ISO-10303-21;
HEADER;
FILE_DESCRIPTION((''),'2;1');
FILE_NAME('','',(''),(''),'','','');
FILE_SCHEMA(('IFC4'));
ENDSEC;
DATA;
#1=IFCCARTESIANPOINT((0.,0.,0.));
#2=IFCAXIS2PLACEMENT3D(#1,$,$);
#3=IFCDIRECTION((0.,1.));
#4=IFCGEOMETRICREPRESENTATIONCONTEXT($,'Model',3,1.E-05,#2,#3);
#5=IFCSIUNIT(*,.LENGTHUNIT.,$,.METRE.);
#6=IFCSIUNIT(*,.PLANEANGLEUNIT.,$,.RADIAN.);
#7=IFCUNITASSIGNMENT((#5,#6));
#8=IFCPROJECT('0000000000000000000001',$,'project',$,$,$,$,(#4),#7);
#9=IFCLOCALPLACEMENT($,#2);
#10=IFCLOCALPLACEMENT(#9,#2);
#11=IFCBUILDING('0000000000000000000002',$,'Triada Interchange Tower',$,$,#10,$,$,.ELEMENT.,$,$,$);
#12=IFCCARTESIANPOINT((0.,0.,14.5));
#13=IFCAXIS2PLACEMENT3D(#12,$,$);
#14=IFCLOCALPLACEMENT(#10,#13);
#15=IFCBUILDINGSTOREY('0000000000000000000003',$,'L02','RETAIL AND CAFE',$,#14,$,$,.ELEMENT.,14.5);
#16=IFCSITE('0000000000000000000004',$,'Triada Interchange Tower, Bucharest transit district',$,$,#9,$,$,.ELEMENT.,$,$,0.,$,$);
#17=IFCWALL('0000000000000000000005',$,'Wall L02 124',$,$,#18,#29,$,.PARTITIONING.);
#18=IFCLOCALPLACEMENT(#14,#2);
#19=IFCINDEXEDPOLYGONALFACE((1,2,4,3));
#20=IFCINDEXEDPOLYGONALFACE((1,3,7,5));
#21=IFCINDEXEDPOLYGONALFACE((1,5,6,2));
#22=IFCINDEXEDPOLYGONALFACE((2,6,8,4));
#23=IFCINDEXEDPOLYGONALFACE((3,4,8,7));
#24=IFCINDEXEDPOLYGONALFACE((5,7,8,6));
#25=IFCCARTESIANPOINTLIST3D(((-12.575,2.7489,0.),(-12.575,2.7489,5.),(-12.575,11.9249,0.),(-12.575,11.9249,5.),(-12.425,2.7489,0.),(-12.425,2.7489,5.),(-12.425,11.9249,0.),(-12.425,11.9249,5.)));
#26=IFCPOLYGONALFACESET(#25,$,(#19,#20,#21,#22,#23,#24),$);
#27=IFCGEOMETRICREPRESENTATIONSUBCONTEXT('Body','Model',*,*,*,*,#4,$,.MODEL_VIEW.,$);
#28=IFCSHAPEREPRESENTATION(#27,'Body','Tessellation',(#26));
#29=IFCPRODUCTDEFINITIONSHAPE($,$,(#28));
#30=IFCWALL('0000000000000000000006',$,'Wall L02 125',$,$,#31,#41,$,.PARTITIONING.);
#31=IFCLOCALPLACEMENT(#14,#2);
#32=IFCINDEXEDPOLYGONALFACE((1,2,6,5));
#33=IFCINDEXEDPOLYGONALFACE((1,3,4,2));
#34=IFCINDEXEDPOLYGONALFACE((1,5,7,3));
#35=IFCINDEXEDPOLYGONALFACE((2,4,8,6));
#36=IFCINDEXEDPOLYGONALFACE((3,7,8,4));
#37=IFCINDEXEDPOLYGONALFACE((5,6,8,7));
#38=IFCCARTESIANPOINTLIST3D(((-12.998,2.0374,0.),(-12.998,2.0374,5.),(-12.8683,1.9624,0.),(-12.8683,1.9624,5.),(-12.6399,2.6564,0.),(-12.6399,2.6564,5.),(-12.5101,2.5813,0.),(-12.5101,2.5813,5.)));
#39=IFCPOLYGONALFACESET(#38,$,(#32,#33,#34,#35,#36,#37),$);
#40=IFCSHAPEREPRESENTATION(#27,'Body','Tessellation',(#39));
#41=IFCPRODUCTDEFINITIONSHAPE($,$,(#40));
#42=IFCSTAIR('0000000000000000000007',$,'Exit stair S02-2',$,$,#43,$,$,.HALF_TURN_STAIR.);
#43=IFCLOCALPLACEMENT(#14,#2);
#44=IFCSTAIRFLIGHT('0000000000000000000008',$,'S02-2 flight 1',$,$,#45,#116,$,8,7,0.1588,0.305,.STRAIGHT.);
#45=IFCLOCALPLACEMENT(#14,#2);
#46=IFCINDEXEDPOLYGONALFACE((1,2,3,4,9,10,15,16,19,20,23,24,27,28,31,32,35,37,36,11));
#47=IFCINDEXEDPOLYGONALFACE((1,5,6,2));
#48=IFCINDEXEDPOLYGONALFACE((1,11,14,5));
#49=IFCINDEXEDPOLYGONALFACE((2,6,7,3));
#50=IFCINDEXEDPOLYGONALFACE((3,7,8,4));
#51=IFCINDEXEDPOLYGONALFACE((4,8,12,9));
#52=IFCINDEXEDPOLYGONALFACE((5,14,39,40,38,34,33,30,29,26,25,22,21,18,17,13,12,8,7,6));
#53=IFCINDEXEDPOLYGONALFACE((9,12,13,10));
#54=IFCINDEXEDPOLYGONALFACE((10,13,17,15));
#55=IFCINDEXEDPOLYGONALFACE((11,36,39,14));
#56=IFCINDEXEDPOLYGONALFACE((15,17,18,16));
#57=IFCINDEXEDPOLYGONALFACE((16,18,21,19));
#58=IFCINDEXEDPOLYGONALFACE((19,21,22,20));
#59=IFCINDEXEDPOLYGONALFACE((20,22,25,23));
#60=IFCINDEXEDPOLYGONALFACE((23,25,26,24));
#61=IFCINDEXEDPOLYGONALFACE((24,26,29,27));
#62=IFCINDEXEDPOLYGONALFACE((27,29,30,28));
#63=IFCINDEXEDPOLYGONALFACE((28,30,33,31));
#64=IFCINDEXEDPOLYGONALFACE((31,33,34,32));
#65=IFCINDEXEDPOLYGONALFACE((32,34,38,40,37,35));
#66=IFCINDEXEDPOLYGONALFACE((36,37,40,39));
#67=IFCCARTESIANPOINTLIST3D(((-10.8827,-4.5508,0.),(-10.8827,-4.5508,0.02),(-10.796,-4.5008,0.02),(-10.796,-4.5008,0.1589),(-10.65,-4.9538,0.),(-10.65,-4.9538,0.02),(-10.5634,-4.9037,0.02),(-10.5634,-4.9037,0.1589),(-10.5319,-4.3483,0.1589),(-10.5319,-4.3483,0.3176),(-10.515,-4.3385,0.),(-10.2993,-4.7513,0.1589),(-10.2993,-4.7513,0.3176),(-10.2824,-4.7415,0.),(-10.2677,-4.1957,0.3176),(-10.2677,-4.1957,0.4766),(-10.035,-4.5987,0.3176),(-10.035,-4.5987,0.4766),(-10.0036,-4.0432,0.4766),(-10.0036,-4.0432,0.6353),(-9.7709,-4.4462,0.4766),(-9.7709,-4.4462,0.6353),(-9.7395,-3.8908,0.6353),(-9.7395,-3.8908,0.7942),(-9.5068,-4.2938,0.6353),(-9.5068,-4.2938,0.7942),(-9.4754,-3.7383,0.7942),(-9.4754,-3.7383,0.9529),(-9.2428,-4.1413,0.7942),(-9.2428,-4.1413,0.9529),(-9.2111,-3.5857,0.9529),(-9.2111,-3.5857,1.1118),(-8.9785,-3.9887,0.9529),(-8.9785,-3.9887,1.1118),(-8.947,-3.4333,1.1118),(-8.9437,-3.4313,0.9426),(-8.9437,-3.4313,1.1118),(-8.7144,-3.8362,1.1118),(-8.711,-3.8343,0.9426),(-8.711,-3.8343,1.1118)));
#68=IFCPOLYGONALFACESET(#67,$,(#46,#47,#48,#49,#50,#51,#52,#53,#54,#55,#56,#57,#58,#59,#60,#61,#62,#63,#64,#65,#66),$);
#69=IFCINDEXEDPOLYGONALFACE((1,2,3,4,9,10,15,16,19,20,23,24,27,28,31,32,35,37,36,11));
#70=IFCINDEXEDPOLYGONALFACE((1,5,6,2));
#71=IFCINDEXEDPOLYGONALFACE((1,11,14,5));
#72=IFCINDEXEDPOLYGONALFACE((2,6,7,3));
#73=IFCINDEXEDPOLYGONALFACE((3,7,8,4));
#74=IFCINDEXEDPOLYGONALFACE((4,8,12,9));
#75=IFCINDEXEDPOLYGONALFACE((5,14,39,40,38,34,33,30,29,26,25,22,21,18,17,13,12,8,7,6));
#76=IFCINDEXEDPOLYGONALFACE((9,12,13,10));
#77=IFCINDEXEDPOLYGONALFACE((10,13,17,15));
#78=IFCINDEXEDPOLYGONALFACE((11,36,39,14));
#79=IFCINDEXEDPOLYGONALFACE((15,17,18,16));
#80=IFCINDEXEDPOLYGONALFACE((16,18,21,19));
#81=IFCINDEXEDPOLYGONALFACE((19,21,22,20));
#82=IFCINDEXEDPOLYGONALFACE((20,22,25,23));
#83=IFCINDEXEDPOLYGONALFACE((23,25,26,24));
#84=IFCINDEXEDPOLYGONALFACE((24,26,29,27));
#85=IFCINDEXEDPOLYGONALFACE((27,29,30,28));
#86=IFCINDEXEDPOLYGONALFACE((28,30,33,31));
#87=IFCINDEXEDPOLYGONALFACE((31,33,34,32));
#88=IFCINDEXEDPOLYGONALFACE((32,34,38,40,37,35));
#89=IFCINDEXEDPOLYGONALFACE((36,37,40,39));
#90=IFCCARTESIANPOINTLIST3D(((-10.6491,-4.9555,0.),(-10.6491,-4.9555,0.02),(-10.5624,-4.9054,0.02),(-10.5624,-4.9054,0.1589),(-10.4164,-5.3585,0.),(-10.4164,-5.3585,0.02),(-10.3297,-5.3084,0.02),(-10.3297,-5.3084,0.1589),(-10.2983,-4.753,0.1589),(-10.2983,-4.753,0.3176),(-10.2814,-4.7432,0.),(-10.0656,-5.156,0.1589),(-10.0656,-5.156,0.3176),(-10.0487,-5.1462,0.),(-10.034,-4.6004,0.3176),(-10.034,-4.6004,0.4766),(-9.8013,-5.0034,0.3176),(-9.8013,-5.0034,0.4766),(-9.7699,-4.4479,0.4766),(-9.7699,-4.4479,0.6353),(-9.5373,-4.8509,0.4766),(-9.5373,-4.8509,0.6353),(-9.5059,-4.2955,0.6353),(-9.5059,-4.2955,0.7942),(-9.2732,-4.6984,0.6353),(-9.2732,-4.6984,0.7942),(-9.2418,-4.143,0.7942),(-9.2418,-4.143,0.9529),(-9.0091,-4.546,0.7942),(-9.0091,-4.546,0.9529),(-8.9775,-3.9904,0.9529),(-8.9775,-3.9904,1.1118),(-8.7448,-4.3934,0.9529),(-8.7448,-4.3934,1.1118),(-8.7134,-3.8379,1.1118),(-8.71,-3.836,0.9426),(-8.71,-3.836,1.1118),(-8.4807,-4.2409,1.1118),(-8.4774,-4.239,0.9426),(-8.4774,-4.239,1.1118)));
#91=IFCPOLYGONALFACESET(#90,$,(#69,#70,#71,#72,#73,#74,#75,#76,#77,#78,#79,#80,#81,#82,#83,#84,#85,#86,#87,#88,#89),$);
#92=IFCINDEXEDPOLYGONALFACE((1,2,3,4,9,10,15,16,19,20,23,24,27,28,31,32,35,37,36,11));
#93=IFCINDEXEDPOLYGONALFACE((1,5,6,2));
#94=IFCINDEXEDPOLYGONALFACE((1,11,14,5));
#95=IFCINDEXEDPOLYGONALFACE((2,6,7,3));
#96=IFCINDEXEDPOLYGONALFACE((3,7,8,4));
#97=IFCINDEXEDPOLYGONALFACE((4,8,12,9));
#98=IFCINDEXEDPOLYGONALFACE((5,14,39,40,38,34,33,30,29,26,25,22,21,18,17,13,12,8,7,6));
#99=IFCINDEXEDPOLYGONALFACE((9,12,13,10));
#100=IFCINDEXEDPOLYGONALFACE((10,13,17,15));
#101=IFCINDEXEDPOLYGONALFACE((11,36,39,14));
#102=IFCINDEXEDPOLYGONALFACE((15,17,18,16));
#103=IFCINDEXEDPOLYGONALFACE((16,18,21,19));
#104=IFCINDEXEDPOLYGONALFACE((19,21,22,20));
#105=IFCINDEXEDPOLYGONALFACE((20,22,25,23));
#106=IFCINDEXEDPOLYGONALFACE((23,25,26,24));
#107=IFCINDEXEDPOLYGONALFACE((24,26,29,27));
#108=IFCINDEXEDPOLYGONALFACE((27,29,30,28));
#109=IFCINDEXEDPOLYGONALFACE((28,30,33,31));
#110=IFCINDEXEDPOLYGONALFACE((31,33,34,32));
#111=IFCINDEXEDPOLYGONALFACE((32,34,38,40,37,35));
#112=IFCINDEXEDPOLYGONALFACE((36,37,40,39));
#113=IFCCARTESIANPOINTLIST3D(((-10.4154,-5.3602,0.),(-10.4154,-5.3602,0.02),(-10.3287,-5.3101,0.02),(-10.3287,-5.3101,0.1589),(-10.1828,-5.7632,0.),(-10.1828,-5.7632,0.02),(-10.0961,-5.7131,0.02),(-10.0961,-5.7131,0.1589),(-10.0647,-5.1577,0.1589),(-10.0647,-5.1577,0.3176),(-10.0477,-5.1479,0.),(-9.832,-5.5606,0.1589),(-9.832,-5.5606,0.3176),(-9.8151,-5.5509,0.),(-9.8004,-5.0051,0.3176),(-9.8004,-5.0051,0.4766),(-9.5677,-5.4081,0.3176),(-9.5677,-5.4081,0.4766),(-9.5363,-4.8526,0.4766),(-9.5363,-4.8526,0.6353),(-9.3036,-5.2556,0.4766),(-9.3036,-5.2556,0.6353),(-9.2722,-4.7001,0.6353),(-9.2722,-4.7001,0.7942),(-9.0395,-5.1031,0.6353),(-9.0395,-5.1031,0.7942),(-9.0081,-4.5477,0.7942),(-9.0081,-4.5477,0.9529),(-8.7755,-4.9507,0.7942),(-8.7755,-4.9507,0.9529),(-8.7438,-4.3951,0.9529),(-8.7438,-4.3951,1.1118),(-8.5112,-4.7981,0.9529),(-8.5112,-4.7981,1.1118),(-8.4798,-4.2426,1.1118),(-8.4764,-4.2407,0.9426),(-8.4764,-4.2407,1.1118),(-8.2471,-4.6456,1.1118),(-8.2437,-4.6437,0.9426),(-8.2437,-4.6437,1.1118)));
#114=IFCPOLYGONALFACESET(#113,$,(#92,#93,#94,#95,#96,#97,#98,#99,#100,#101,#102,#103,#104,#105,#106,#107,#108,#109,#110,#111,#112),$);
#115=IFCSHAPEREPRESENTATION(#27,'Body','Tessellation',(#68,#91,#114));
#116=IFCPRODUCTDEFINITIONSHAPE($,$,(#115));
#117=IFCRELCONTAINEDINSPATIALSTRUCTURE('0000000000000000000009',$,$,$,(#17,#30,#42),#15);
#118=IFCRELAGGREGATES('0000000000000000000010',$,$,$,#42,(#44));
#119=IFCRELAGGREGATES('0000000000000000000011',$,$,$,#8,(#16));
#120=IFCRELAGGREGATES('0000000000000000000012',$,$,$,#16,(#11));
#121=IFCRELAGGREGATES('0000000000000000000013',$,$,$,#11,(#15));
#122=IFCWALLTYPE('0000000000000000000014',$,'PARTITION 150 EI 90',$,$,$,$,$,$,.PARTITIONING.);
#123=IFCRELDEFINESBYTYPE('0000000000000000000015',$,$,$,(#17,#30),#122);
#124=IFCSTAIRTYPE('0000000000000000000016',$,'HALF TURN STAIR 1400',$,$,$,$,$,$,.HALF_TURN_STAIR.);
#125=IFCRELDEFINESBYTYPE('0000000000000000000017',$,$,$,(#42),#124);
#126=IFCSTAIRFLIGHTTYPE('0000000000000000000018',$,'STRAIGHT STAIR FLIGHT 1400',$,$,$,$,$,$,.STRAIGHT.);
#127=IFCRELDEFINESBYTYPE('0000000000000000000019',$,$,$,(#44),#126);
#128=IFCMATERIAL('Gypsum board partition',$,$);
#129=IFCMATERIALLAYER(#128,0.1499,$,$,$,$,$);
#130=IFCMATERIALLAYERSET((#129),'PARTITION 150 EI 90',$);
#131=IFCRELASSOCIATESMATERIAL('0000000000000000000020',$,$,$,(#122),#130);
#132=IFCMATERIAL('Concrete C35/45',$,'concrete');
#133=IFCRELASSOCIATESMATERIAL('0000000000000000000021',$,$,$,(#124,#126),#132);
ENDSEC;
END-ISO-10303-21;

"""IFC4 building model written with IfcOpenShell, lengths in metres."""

from ifc_helpers import new_model, si_unit, direction, frame, frame_2d, origin, place, context, subcontext, project, spatial, polyline, rectangle, outline, extrude, material, layer, layer_set, type_object, element, aggregate, save


model = new_model("IFC4")

# Units and contexts
model_context = context("Model", 3, precision=1e-05, world=origin(), true_north=direction((0.0, 1.0)))
body_context = subcontext(model_context, "Body", "Model", "MODEL_VIEW")
ifc_project = project(units=[si_unit("LENGTHUNIT", "METRE"), si_unit("PLANEANGLEUNIT", "RADIAN")], contexts=[model_context])

# Site, building, storey
site_placement = place(None, origin())
site = spatial("IfcSite", under=ifc_project, at=site_placement, Name="Triada Interchange Tower, Bucharest transit district", CompositionType="ELEMENT", RefElevation=0.0)
building_placement = place(site_placement, origin())
building = spatial("IfcBuilding", under=site, at=building_placement, Name="Triada Interchange Tower", CompositionType="ELEMENT")
storey_placement = place(building_placement, frame((0.0, 0.0, 14.5)))
storey = spatial("IfcBuildingStorey", under=building, at=storey_placement, Name="L02", Description="RETAIL AND CAFE", CompositionType="ELEMENT", Elevation=14.5)

# Shared definitions
ifc_material_1 = material(Name="Concrete C35/45", Category="concrete")

# Walls
ifc_material_2 = material(Name="Gypsum board partition")
ifc_layer_1 = layer(ifc_material_2, 0.1499)
ifc_layer_set_1 = layer_set([ifc_layer_1], Name="PARTITION 150 EI 90")
wall_type_1 = type_object("IfcWallType", Name="PARTITION 150 EI 90", PredefinedType="PARTITIONING", material=ifc_layer_set_1)
wall_1_placement = place(storey_placement, frame((-12.5, 2.749, 0.0), z_axis=(0.0, 0.0, 1.0), x_axis=(0.0, 1.0, 0.0)))
element("IfcWall", 1, at=wall_1_placement, inside=storey, type_object=wall_type_1, Name="Wall L02 124", PredefinedType="PARTITIONING", context=body_context, shape_type="SweptSolid", body=[
    extrude(rectangle(XDim=9.176, YDim=0.1499, at=frame_2d((4.5879, 0.0))), origin(), (0.0, 0.0, 1.0), 5.0),
])
wall_2_placement = place(storey_placement, frame((-12.9331, 2.0, 0.0), z_axis=(0.0, 0.0, 1.0), x_axis=(0.500875, 0.86552, 0.0)))
element("IfcWall", 2, at=wall_2_placement, inside=storey, type_object=wall_type_1, Name="Wall L02 125", PredefinedType="PARTITIONING", context=body_context, shape_type="SweptSolid", body=[
    extrude(rectangle(XDim=0.7151, YDim=0.1499, at=frame_2d((0.3574, 0.0))), origin(), (0.0, 0.0, 1.0), 5.0),
])

# Stair, stair flight
stair_type = type_object("IfcStairType", Name="HALF TURN STAIR 1400", PredefinedType="HALF_TURN_STAIR", material=ifc_material_1)
stair_1_placement = place(storey_placement, origin())
stair_1 = element("IfcStair", 3, at=stair_1_placement, inside=storey, type_object=stair_type, Name="Exit stair S02-2", PredefinedType="HALF_TURN_STAIR")
stair_flight_type = type_object("IfcStairFlightType", Name="STRAIGHT STAIR FLIGHT 1400", PredefinedType="STRAIGHT", material=ifc_material_1)
stair_flight_1_placement = place(storey_placement, frame((-10.446, -5.1069, 0.0), z_axis=(0.0, 0.0, 1.0), x_axis=(0.866025, 0.5, 0.0)))
stair_flight_1 = element("IfcStairFlight", 4, at=stair_flight_1_placement, type_object=stair_flight_type, Name="S02-2 flight 1", NumberOfRisers=8, NumberOfTreads=7, PredefinedType="STRAIGHT", RiserHeight=0.1588, TreadLength=0.305, context=body_context, shape_type="SweptSolid", body=[
    extrude(outline(polyline([(-0.1001, 0.0), (-0.1001, 0.02), (0.0, 0.02), (0.0, 0.1589), (0.3049, 0.1589), (0.3049, 0.3176), (0.6101, 0.3176), (0.6101, 0.4766), (0.915, 0.4766), (0.915, 0.6353), (1.22, 0.6353), (1.22, 0.7942), (1.5249, 0.7942), (1.5249, 0.9529), (1.8301, 0.9529), (1.8301, 1.1118), (2.135, 1.1118), (2.1389, 1.1118), (2.1389, 1.2705), (2.1389, 0.9426), (0.3245, 0.0), (-0.1001, 0.0)])), frame((0.0, 0.7, 0.0), z_axis=(0.0, -1.0, 0.0), x_axis=(1.0, 0.0, 0.0)), (0.0, 0.0, 1.0), 0.4653),
    extrude(outline(polyline([(-0.1001, 0.0), (-0.1001, 0.02), (0.0, 0.02), (0.0, 0.1589), (0.3049, 0.1589), (0.3049, 0.3176), (0.6101, 0.3176), (0.6101, 0.4766), (0.915, 0.4766), (0.915, 0.6353), (1.22, 0.6353), (1.22, 0.7942), (1.5249, 0.7942), (1.5249, 0.9529), (1.8301, 0.9529), (1.8301, 1.1118), (2.135, 1.1118), (2.1389, 1.1118), (2.1389, 1.2705), (2.1389, 0.9426), (0.3245, 0.0), (-0.1001, 0.0)])), frame((0.0, 0.2327, 0.0), z_axis=(0.0, -1.0, 0.0), x_axis=(1.0, 0.0, 0.0)), (0.0, 0.0, 1.0), 0.4653),
    extrude(outline(polyline([(-0.1001, 0.0), (-0.1001, 0.02), (0.0, 0.02), (0.0, 0.1589), (0.3049, 0.1589), (0.3049, 0.3176), (0.6101, 0.3176), (0.6101, 0.4766), (0.915, 0.4766), (0.915, 0.6353), (1.22, 0.6353), (1.22, 0.7942), (1.5249, 0.7942), (1.5249, 0.9529), (1.8301, 0.9529), (1.8301, 1.1118), (2.135, 1.1118), (2.1389, 1.1118), (2.1389, 1.2705), (2.1389, 0.9426), (0.3245, 0.0), (-0.1001, 0.0)])), frame((0.0, -0.2346, 0.0), z_axis=(0.0, -1.0, 0.0), x_axis=(1.0, 0.0, 0.0)), (0.0, 0.0, 1.0), 0.4653),
])
aggregate(stair_1, [stair_flight_1])

save(model, "model.ifc")
